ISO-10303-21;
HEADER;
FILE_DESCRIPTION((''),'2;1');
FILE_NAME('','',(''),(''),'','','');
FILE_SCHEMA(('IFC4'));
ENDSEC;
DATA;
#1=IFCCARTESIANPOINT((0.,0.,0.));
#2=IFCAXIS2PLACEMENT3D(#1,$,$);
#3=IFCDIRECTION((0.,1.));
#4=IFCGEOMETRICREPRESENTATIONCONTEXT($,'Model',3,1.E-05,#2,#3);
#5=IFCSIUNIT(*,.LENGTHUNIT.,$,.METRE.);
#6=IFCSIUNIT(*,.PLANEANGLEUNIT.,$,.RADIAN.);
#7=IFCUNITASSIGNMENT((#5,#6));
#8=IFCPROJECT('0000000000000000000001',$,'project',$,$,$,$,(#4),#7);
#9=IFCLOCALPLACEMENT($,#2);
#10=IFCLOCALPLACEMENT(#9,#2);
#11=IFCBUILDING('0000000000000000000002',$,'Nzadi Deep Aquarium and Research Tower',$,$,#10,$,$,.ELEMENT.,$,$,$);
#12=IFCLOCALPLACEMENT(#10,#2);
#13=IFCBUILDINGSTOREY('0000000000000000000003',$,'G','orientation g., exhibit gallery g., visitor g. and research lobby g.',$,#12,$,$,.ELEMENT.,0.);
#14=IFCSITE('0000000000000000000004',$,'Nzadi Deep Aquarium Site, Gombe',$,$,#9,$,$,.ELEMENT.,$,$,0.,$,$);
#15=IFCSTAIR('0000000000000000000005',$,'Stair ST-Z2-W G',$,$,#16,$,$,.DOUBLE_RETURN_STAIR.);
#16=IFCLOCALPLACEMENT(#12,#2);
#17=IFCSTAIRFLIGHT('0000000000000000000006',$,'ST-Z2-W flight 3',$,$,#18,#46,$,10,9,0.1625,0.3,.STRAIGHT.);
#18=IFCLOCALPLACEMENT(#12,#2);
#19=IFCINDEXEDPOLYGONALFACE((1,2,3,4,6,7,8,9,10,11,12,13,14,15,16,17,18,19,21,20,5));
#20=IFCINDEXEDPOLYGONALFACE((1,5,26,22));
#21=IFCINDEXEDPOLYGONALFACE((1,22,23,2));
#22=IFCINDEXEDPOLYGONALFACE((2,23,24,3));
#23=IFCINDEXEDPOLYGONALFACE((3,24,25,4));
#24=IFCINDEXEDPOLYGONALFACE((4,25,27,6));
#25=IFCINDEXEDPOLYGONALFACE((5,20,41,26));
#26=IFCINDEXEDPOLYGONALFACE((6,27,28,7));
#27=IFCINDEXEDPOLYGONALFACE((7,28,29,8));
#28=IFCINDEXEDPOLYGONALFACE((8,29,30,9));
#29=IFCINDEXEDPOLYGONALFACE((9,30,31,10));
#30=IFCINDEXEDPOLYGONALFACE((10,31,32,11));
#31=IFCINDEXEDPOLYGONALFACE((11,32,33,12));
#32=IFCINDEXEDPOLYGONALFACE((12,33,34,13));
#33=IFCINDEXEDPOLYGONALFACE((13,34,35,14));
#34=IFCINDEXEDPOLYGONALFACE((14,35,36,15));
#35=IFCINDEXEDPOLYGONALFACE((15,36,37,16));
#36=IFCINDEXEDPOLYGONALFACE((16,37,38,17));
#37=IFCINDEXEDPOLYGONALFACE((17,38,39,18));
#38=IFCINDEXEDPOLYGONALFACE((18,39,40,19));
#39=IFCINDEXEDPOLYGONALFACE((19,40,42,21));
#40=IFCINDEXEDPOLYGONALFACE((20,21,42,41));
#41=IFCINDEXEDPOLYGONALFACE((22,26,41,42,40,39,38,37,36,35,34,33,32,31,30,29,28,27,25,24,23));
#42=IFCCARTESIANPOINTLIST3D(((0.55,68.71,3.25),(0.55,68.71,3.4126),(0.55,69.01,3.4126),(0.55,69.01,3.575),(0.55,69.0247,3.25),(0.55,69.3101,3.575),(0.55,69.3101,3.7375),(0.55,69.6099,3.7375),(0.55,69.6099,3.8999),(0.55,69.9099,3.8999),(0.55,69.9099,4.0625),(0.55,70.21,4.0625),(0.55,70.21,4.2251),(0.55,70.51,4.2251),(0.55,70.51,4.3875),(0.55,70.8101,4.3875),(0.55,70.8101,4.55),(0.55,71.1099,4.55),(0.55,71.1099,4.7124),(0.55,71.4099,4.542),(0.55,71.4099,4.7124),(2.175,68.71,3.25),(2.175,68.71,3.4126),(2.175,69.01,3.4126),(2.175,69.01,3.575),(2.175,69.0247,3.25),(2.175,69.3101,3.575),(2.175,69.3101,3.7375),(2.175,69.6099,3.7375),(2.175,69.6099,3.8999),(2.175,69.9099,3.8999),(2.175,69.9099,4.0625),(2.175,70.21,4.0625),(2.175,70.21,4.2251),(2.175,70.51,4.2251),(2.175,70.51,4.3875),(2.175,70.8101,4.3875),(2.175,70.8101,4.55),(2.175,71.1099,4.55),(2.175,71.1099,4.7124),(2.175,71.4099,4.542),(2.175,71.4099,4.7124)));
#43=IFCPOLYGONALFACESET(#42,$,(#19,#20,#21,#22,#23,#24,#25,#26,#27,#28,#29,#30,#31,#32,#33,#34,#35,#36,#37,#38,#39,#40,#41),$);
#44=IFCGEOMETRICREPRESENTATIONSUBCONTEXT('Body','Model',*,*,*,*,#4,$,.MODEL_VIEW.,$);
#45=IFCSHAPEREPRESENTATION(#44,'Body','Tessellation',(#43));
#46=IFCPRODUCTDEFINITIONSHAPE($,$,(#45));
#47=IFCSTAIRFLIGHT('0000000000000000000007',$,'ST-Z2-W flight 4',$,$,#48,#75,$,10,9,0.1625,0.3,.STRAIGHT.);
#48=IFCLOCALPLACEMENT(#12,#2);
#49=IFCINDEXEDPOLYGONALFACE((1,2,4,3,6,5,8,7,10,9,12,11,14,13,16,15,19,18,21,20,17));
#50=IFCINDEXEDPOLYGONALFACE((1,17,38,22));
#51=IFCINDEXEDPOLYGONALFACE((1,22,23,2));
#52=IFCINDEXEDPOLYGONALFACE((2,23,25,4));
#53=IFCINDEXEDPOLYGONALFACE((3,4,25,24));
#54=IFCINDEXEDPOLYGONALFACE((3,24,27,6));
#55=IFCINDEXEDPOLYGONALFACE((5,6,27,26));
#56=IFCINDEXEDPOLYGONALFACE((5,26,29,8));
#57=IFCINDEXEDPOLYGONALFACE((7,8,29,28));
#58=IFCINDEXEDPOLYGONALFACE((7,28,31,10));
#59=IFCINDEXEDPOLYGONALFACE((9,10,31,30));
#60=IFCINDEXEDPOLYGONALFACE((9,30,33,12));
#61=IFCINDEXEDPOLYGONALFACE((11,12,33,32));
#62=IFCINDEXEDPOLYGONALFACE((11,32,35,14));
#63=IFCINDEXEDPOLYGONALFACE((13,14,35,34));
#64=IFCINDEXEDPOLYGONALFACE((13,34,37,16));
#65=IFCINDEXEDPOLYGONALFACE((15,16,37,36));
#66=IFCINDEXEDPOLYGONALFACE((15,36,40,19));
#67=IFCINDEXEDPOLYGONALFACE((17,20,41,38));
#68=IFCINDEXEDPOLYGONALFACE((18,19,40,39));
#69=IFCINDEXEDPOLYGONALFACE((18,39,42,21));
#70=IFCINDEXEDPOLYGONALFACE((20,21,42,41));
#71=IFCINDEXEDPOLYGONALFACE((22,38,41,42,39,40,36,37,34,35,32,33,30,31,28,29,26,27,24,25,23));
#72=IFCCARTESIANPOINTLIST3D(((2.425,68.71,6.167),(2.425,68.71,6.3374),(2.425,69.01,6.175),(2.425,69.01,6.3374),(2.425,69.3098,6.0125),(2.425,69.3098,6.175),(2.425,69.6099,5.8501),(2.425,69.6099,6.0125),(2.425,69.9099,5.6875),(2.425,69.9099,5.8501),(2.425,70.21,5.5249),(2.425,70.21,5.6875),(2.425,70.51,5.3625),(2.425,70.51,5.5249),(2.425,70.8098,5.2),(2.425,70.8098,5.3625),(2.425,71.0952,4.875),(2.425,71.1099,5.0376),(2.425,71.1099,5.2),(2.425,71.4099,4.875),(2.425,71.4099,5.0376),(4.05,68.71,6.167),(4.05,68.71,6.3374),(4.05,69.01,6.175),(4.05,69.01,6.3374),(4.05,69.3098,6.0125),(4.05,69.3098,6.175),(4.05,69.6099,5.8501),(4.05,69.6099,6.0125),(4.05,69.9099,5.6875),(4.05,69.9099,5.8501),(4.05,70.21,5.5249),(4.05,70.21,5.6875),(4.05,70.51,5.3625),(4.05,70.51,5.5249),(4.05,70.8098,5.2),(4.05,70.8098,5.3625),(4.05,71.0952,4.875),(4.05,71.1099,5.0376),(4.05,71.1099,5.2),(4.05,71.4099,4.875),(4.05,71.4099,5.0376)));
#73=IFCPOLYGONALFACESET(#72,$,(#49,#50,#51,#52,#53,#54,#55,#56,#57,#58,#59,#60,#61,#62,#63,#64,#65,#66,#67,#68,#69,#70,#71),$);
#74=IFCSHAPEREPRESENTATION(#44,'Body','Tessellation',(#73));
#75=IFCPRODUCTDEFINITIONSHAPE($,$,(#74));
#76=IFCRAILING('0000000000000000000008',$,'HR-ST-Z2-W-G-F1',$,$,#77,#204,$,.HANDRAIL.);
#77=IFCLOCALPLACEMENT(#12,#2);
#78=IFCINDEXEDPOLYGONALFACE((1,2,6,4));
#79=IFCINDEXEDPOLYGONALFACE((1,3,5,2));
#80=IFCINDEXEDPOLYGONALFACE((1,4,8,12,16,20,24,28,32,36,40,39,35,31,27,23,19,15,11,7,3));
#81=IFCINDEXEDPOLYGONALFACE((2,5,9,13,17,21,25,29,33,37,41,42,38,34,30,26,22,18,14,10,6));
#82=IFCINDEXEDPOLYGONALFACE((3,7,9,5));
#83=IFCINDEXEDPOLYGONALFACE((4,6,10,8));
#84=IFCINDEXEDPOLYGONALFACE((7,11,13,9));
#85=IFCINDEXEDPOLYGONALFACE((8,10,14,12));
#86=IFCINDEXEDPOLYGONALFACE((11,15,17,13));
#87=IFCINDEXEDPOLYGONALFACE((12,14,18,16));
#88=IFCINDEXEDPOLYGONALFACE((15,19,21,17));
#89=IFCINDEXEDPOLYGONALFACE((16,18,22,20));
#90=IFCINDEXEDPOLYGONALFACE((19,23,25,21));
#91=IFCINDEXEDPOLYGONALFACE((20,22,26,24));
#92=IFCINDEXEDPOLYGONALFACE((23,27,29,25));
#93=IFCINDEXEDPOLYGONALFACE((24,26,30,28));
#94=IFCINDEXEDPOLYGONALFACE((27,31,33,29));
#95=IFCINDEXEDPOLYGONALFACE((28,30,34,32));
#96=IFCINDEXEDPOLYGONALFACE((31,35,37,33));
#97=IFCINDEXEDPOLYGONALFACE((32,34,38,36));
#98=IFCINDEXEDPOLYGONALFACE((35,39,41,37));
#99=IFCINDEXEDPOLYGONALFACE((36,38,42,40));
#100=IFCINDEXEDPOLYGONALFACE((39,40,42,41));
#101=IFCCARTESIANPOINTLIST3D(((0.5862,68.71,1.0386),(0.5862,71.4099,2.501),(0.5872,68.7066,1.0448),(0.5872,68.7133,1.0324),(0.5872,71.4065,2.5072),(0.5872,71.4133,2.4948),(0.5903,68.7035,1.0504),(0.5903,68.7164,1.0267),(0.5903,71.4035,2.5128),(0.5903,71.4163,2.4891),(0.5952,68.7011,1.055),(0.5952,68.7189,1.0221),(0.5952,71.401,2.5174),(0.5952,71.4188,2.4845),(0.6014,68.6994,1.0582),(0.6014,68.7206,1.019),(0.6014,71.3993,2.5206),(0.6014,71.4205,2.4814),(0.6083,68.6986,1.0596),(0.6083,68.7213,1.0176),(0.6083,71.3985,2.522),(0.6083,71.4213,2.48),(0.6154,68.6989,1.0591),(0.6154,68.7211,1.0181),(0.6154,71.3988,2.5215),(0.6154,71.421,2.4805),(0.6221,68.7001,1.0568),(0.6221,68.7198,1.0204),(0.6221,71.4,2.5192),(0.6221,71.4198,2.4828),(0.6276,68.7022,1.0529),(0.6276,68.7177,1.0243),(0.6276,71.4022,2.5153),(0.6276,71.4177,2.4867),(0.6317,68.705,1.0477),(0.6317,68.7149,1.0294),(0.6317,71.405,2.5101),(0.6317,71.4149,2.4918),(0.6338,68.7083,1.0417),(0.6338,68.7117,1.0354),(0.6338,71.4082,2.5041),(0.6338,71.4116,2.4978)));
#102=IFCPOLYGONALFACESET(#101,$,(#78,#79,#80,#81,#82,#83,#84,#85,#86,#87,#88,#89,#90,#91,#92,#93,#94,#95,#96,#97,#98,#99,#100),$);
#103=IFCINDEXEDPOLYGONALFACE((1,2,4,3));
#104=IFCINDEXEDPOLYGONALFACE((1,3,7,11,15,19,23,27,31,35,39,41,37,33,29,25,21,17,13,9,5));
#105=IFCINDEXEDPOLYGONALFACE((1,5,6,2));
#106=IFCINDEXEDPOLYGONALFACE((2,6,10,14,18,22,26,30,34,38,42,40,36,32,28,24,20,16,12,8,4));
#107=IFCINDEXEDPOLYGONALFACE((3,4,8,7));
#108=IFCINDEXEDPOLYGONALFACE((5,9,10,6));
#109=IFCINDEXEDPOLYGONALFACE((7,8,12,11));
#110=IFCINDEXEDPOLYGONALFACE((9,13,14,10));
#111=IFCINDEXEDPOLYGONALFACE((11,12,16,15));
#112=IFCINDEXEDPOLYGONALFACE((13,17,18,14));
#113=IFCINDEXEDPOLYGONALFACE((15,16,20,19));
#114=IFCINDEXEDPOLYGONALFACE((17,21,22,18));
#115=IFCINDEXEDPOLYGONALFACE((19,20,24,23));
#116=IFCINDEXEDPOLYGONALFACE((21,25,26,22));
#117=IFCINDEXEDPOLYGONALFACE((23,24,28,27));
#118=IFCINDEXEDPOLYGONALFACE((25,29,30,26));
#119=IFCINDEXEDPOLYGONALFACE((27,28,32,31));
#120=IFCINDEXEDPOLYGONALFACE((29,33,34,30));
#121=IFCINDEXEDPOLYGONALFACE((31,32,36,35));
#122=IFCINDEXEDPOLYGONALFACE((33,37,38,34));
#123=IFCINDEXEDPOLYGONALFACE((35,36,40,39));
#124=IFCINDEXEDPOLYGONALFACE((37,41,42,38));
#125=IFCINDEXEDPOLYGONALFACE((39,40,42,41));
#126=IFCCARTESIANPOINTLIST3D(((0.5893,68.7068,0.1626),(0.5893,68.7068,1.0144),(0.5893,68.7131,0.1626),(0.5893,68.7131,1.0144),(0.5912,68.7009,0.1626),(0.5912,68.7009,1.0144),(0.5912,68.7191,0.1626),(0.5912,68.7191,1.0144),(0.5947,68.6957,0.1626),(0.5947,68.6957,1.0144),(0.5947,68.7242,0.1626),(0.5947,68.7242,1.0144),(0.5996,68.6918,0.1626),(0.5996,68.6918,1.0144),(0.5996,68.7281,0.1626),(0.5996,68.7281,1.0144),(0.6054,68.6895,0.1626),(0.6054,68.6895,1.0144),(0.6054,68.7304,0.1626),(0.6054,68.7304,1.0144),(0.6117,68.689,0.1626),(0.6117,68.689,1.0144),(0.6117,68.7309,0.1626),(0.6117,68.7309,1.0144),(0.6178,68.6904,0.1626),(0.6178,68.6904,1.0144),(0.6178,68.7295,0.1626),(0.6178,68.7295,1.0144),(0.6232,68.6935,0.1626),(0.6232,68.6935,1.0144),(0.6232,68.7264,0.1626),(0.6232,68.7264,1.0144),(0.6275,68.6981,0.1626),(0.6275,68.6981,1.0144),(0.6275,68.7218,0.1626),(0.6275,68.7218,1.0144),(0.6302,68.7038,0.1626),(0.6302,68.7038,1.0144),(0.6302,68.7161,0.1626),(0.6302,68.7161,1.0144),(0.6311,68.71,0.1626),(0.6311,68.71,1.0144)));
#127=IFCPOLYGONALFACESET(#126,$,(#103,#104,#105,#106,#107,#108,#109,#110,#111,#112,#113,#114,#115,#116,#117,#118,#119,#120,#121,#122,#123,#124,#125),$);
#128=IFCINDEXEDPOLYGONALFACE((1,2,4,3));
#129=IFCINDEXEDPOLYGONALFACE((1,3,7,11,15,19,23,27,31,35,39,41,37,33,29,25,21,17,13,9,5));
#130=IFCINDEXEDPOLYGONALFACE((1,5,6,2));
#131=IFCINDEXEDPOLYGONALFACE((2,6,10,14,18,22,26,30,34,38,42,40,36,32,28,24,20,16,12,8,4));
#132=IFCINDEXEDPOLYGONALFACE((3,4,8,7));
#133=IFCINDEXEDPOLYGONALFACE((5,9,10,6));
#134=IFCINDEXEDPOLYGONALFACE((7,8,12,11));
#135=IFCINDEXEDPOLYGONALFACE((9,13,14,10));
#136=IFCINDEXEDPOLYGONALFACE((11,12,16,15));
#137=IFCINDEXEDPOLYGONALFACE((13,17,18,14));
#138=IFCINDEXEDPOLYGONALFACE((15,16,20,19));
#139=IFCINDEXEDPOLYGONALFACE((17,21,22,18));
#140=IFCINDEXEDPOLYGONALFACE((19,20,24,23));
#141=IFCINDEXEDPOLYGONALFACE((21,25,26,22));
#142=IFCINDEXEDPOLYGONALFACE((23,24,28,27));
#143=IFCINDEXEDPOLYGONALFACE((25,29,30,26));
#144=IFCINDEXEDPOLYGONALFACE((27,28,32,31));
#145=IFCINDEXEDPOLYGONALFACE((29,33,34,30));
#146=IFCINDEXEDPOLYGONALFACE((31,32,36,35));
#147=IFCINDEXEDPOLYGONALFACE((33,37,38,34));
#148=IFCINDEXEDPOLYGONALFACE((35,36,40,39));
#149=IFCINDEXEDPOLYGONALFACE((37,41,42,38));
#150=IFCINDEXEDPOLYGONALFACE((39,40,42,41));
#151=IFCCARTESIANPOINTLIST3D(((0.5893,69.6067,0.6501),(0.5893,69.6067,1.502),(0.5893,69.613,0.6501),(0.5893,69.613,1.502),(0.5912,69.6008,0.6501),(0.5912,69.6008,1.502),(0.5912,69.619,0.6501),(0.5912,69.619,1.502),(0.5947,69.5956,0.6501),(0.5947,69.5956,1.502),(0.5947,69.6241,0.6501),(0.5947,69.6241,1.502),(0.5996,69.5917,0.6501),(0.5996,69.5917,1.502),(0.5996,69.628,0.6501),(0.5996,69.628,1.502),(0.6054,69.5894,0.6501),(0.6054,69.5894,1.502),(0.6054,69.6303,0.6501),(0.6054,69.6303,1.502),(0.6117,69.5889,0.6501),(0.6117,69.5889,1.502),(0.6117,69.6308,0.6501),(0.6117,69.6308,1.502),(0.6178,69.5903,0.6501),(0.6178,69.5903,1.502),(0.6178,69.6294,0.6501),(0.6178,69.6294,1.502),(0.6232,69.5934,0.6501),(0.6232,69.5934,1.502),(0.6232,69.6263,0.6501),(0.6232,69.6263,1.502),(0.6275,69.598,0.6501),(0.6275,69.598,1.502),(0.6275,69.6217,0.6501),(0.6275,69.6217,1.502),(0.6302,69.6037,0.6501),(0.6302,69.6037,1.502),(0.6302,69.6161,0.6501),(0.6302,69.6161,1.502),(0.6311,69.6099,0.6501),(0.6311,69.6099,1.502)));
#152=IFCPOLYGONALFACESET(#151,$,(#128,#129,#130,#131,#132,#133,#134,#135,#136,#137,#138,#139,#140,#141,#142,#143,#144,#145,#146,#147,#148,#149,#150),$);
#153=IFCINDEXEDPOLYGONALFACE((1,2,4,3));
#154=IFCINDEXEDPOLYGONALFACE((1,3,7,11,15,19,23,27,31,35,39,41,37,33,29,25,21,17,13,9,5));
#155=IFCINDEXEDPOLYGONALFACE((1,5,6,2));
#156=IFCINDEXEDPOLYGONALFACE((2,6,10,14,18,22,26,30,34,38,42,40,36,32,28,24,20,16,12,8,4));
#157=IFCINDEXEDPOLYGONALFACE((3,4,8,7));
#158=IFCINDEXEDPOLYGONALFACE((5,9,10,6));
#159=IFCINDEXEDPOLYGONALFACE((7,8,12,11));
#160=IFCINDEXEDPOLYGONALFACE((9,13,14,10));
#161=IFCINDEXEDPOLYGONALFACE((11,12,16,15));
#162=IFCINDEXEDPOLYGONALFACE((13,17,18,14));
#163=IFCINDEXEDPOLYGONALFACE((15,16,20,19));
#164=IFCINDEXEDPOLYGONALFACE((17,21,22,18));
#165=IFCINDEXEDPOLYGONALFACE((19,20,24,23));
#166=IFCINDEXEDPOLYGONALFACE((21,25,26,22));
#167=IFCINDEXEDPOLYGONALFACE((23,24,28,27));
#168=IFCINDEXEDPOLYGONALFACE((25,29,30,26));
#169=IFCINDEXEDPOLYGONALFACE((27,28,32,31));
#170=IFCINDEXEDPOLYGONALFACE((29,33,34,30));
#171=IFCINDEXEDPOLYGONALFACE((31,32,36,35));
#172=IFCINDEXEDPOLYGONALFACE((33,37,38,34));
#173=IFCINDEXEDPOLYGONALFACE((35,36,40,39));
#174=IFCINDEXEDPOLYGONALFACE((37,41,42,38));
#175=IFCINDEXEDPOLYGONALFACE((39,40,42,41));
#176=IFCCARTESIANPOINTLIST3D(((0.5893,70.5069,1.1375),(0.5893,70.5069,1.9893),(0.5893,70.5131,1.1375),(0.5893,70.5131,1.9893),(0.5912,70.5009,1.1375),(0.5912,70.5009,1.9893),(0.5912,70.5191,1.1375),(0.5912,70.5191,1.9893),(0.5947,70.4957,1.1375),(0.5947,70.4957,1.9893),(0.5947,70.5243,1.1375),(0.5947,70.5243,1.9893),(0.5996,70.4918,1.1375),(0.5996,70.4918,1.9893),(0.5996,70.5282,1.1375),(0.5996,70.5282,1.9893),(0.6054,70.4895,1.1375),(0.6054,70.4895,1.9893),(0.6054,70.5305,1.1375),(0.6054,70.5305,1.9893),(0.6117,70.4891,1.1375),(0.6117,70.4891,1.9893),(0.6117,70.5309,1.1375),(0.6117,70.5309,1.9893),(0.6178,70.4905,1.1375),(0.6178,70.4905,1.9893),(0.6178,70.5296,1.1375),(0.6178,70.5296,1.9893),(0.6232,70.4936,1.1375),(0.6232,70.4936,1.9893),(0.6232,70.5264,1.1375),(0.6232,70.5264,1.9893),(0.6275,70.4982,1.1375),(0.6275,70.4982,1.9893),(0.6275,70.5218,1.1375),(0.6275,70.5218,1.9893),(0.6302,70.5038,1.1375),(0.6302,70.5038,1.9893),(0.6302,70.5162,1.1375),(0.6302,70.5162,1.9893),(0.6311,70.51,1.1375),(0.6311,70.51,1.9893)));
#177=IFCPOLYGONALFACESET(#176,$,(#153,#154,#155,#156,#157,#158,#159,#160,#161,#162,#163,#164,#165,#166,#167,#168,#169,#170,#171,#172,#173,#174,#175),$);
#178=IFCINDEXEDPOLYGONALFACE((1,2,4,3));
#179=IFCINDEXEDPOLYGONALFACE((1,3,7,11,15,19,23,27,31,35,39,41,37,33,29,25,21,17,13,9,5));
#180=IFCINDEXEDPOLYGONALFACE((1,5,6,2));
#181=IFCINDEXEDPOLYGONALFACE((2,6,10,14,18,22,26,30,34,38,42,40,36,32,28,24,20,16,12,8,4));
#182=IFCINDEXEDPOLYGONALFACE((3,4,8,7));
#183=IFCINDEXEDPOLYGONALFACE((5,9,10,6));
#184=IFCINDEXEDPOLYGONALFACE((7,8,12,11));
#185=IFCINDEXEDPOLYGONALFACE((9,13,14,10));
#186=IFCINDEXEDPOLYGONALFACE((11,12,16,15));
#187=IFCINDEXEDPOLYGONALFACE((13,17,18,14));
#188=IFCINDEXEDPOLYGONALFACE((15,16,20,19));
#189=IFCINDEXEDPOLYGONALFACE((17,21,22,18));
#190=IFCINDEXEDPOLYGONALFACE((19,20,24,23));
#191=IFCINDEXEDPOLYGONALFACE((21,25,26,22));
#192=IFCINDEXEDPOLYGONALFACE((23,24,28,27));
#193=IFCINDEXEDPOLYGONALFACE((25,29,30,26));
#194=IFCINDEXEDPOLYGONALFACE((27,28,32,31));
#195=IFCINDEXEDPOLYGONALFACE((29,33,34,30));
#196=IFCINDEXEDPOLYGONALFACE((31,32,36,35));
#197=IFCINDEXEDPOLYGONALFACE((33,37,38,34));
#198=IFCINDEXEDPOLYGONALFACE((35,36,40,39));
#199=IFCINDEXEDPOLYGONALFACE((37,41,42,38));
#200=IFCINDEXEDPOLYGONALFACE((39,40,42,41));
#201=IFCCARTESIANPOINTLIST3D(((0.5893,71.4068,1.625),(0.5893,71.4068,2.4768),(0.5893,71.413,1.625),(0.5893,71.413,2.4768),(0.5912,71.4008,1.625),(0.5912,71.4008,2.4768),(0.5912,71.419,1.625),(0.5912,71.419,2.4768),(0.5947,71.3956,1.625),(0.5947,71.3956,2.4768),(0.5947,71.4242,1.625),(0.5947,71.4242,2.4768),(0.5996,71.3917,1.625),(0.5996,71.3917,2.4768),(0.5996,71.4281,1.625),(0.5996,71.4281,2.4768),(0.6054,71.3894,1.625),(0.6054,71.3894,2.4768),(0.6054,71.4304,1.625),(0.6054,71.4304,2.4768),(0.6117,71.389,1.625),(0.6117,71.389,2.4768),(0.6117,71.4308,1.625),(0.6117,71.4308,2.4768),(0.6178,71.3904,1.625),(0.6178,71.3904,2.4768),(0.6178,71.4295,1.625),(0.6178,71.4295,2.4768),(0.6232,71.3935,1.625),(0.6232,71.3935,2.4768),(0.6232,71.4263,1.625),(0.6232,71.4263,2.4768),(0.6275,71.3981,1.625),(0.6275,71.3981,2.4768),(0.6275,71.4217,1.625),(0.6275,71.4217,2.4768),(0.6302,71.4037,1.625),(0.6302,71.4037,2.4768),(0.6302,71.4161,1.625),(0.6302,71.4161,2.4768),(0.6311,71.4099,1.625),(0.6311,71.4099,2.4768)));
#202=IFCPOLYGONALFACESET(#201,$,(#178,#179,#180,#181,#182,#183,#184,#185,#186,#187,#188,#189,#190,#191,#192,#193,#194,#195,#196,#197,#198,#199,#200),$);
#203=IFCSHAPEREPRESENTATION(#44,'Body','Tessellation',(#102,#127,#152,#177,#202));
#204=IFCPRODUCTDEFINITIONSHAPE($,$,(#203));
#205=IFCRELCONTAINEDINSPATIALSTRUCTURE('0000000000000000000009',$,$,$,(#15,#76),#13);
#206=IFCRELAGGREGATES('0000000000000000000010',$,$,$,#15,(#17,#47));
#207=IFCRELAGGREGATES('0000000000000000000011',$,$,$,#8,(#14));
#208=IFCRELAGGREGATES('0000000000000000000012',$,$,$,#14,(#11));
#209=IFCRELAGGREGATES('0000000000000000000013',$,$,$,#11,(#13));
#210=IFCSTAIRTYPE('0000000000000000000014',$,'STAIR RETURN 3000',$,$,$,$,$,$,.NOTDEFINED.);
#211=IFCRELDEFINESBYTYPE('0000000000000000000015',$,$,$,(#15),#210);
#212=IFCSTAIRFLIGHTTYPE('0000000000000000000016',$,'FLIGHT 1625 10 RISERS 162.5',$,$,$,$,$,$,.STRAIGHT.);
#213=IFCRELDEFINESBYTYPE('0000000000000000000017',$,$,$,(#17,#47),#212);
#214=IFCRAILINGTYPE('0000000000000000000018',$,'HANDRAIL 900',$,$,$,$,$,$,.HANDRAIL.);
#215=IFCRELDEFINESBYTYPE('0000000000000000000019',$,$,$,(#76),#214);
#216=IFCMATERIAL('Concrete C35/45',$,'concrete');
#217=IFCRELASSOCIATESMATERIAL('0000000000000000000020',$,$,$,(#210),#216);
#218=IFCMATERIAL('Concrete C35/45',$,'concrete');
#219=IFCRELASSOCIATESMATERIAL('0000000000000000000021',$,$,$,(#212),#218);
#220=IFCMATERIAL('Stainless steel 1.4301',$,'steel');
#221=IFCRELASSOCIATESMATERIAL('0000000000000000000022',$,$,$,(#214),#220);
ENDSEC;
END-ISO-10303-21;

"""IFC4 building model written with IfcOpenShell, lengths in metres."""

from ifc_helpers import new_model, si_unit, direction, frame, origin, origin_2d, place, context, subcontext, project, spatial, polyline, circle, outline, extrude, material, type_object, element, aggregate, save


model = new_model("IFC4")

# Units and contexts
model_context = context("Model", 3, precision=1e-05, world=origin(), true_north=direction((0.0, 1.0)))
body_context = subcontext(model_context, "Body", "Model", "MODEL_VIEW")
ifc_project = project(units=[si_unit("LENGTHUNIT", "METRE"), si_unit("PLANEANGLEUNIT", "RADIAN")], contexts=[model_context])

# Site, building, storey
site_placement = place(None, origin())
site = spatial("IfcSite", under=ifc_project, at=site_placement, Name="Nzadi Deep Aquarium Site, Gombe", CompositionType="ELEMENT", RefElevation=0.0)
building_placement = place(site_placement, origin())
building = spatial("IfcBuilding", under=site, at=building_placement, Name="Nzadi Deep Aquarium and Research Tower", CompositionType="ELEMENT")
storey_placement = place(building_placement, origin())
storey = spatial("IfcBuildingStorey", under=building, at=storey_placement, Name="G", Description="orientation g., exhibit gallery g., visitor g. and research lobby g.", CompositionType="ELEMENT", Elevation=0.0)

# Stair, stair flights
ifc_material_1 = material(Name="Concrete C35/45", Category="concrete")
stair_type = type_object("IfcStairType", Name="STAIR RETURN 3000", PredefinedType="NOTDEFINED", material=ifc_material_1)
stair_placement = place(storey_placement, origin())
stair = element("IfcStair", 1, at=stair_placement, inside=storey, type_object=stair_type, Name="Stair ST-Z2-W G", PredefinedType="DOUBLE_RETURN_STAIR")
ifc_material_2 = material(Name="Concrete C35/45", Category="concrete")
stair_flight_type = type_object("IfcStairFlightType", Name="FLIGHT 1625 10 RISERS 162.5", PredefinedType="STRAIGHT", material=ifc_material_2)
stair_flight_1_placement = place(storey_placement, frame((1.3625, 68.71, 3.25), z_axis=(0.0, 0.0, 1.0), x_axis=(0.0, 1.0, 0.0)))
stair_flight_1 = element("IfcStairFlight", 2, at=stair_flight_1_placement, type_object=stair_flight_type, Name="ST-Z2-W flight 3", NumberOfRisers=10, NumberOfTreads=9, PredefinedType="STRAIGHT", RiserHeight=0.1625, TreadLength=0.3, context=body_context, shape_type="SweptSolid", body=[
    extrude(outline(polyline([(0.0, 0.0), (0.0, 0.1626), (0.3, 0.1626), (0.3, 0.325), (0.6001, 0.325), (0.6001, 0.4875), (0.8999, 0.4875), (0.8999, 0.6499), (1.2, 0.6499), (1.2, 0.8125), (1.5, 0.8125), (1.5, 0.9751), (1.8, 0.9751), (1.8, 1.1375), (2.1001, 1.1375), (2.1001, 1.3), (2.3999, 1.3), (2.3999, 1.4624), (2.7, 1.4624), (2.7, 1.625), (2.7, 1.292), (0.3147, 0.0), (0.0, 0.0)])), frame((0.0, 0.8125, 0.0), z_axis=(0.0, -1.0, 0.0), x_axis=(1.0, 0.0, 0.0)), (0.0, 0.0, 1.0), 1.625),
])
stair_flight_2_placement = place(storey_placement, frame((3.2375, 71.4099, 4.875), z_axis=(0.0, 0.0, 1.0), x_axis=(0.0, -1.0, 0.0)))
stair_flight_2 = element("IfcStairFlight", 3, at=stair_flight_2_placement, type_object=stair_flight_type, Name="ST-Z2-W flight 4", NumberOfRisers=10, NumberOfTreads=9, PredefinedType="STRAIGHT", RiserHeight=0.1625, TreadLength=0.3, context=body_context, shape_type="SweptSolid", body=[
    extrude(outline(polyline([(0.0, 0.0), (0.0, 0.1626), (0.3, 0.1626), (0.3, 0.325), (0.6001, 0.325), (0.6001, 0.4875), (0.8999, 0.4875), (0.8999, 0.6499), (1.2, 0.6499), (1.2, 0.8125), (1.5, 0.8125), (1.5, 0.9751), (1.8, 0.9751), (1.8, 1.1375), (2.1001, 1.1375), (2.1001, 1.3), (2.3999, 1.3), (2.3999, 1.4624), (2.7, 1.4624), (2.7, 1.625), (2.7, 1.292), (0.3147, 0.0), (0.0, 0.0)])), frame((0.0, 0.8125, 0.0), z_axis=(0.0, -1.0, 0.0), x_axis=(1.0, 0.0, 0.0)), (0.0, 0.0, 1.0), 1.625),
])
aggregate(stair, [stair_flight_1, stair_flight_2])

# Railing
ifc_material_3 = material(Name="Stainless steel 1.4301", Category="steel")
railing_type = type_object("IfcRailingType", Name="HANDRAIL 900", PredefinedType="HANDRAIL", material=ifc_material_3)
for number, where, name in (
    (4, (0.6101, 68.71, 0.1626), "HR-ST-Z2-W-G-F1"),
):
    element("IfcRailing", number, at=place(storey_placement, frame(where)), inside=storey, type_object=railing_type, Name=name, PredefinedType="HANDRAIL", context=body_context, shape_type="SweptSolid", body=[
        extrude(circle(Radius=0.0239, at=origin_2d()), frame((0.0, 0.0, 0.876), z_axis=(0.0, 0.879302, 0.476265), x_axis=(-1.0, 0.0, 0.0)), (0.0, 0.0, 1.0), 3.0706),
        extrude(circle(Radius=0.021, at=origin_2d()), origin(), (0.0, 0.0, 1.0), 0.8518),
        extrude(circle(Radius=0.021, at=origin_2d()), frame((0.0, 0.8999, 0.4875)), (0.0, 0.0, 1.0), 0.8518),
        extrude(circle(Radius=0.021, at=origin_2d()), frame((0.0, 1.8, 0.9749)), (0.0, 0.0, 1.0), 0.8518),
        extrude(circle(Radius=0.021, at=origin_2d()), frame((0.0, 2.7, 1.4624)), (0.0, 0.0, 1.0), 0.8518),
    ])

save(model, "model.ifc")
